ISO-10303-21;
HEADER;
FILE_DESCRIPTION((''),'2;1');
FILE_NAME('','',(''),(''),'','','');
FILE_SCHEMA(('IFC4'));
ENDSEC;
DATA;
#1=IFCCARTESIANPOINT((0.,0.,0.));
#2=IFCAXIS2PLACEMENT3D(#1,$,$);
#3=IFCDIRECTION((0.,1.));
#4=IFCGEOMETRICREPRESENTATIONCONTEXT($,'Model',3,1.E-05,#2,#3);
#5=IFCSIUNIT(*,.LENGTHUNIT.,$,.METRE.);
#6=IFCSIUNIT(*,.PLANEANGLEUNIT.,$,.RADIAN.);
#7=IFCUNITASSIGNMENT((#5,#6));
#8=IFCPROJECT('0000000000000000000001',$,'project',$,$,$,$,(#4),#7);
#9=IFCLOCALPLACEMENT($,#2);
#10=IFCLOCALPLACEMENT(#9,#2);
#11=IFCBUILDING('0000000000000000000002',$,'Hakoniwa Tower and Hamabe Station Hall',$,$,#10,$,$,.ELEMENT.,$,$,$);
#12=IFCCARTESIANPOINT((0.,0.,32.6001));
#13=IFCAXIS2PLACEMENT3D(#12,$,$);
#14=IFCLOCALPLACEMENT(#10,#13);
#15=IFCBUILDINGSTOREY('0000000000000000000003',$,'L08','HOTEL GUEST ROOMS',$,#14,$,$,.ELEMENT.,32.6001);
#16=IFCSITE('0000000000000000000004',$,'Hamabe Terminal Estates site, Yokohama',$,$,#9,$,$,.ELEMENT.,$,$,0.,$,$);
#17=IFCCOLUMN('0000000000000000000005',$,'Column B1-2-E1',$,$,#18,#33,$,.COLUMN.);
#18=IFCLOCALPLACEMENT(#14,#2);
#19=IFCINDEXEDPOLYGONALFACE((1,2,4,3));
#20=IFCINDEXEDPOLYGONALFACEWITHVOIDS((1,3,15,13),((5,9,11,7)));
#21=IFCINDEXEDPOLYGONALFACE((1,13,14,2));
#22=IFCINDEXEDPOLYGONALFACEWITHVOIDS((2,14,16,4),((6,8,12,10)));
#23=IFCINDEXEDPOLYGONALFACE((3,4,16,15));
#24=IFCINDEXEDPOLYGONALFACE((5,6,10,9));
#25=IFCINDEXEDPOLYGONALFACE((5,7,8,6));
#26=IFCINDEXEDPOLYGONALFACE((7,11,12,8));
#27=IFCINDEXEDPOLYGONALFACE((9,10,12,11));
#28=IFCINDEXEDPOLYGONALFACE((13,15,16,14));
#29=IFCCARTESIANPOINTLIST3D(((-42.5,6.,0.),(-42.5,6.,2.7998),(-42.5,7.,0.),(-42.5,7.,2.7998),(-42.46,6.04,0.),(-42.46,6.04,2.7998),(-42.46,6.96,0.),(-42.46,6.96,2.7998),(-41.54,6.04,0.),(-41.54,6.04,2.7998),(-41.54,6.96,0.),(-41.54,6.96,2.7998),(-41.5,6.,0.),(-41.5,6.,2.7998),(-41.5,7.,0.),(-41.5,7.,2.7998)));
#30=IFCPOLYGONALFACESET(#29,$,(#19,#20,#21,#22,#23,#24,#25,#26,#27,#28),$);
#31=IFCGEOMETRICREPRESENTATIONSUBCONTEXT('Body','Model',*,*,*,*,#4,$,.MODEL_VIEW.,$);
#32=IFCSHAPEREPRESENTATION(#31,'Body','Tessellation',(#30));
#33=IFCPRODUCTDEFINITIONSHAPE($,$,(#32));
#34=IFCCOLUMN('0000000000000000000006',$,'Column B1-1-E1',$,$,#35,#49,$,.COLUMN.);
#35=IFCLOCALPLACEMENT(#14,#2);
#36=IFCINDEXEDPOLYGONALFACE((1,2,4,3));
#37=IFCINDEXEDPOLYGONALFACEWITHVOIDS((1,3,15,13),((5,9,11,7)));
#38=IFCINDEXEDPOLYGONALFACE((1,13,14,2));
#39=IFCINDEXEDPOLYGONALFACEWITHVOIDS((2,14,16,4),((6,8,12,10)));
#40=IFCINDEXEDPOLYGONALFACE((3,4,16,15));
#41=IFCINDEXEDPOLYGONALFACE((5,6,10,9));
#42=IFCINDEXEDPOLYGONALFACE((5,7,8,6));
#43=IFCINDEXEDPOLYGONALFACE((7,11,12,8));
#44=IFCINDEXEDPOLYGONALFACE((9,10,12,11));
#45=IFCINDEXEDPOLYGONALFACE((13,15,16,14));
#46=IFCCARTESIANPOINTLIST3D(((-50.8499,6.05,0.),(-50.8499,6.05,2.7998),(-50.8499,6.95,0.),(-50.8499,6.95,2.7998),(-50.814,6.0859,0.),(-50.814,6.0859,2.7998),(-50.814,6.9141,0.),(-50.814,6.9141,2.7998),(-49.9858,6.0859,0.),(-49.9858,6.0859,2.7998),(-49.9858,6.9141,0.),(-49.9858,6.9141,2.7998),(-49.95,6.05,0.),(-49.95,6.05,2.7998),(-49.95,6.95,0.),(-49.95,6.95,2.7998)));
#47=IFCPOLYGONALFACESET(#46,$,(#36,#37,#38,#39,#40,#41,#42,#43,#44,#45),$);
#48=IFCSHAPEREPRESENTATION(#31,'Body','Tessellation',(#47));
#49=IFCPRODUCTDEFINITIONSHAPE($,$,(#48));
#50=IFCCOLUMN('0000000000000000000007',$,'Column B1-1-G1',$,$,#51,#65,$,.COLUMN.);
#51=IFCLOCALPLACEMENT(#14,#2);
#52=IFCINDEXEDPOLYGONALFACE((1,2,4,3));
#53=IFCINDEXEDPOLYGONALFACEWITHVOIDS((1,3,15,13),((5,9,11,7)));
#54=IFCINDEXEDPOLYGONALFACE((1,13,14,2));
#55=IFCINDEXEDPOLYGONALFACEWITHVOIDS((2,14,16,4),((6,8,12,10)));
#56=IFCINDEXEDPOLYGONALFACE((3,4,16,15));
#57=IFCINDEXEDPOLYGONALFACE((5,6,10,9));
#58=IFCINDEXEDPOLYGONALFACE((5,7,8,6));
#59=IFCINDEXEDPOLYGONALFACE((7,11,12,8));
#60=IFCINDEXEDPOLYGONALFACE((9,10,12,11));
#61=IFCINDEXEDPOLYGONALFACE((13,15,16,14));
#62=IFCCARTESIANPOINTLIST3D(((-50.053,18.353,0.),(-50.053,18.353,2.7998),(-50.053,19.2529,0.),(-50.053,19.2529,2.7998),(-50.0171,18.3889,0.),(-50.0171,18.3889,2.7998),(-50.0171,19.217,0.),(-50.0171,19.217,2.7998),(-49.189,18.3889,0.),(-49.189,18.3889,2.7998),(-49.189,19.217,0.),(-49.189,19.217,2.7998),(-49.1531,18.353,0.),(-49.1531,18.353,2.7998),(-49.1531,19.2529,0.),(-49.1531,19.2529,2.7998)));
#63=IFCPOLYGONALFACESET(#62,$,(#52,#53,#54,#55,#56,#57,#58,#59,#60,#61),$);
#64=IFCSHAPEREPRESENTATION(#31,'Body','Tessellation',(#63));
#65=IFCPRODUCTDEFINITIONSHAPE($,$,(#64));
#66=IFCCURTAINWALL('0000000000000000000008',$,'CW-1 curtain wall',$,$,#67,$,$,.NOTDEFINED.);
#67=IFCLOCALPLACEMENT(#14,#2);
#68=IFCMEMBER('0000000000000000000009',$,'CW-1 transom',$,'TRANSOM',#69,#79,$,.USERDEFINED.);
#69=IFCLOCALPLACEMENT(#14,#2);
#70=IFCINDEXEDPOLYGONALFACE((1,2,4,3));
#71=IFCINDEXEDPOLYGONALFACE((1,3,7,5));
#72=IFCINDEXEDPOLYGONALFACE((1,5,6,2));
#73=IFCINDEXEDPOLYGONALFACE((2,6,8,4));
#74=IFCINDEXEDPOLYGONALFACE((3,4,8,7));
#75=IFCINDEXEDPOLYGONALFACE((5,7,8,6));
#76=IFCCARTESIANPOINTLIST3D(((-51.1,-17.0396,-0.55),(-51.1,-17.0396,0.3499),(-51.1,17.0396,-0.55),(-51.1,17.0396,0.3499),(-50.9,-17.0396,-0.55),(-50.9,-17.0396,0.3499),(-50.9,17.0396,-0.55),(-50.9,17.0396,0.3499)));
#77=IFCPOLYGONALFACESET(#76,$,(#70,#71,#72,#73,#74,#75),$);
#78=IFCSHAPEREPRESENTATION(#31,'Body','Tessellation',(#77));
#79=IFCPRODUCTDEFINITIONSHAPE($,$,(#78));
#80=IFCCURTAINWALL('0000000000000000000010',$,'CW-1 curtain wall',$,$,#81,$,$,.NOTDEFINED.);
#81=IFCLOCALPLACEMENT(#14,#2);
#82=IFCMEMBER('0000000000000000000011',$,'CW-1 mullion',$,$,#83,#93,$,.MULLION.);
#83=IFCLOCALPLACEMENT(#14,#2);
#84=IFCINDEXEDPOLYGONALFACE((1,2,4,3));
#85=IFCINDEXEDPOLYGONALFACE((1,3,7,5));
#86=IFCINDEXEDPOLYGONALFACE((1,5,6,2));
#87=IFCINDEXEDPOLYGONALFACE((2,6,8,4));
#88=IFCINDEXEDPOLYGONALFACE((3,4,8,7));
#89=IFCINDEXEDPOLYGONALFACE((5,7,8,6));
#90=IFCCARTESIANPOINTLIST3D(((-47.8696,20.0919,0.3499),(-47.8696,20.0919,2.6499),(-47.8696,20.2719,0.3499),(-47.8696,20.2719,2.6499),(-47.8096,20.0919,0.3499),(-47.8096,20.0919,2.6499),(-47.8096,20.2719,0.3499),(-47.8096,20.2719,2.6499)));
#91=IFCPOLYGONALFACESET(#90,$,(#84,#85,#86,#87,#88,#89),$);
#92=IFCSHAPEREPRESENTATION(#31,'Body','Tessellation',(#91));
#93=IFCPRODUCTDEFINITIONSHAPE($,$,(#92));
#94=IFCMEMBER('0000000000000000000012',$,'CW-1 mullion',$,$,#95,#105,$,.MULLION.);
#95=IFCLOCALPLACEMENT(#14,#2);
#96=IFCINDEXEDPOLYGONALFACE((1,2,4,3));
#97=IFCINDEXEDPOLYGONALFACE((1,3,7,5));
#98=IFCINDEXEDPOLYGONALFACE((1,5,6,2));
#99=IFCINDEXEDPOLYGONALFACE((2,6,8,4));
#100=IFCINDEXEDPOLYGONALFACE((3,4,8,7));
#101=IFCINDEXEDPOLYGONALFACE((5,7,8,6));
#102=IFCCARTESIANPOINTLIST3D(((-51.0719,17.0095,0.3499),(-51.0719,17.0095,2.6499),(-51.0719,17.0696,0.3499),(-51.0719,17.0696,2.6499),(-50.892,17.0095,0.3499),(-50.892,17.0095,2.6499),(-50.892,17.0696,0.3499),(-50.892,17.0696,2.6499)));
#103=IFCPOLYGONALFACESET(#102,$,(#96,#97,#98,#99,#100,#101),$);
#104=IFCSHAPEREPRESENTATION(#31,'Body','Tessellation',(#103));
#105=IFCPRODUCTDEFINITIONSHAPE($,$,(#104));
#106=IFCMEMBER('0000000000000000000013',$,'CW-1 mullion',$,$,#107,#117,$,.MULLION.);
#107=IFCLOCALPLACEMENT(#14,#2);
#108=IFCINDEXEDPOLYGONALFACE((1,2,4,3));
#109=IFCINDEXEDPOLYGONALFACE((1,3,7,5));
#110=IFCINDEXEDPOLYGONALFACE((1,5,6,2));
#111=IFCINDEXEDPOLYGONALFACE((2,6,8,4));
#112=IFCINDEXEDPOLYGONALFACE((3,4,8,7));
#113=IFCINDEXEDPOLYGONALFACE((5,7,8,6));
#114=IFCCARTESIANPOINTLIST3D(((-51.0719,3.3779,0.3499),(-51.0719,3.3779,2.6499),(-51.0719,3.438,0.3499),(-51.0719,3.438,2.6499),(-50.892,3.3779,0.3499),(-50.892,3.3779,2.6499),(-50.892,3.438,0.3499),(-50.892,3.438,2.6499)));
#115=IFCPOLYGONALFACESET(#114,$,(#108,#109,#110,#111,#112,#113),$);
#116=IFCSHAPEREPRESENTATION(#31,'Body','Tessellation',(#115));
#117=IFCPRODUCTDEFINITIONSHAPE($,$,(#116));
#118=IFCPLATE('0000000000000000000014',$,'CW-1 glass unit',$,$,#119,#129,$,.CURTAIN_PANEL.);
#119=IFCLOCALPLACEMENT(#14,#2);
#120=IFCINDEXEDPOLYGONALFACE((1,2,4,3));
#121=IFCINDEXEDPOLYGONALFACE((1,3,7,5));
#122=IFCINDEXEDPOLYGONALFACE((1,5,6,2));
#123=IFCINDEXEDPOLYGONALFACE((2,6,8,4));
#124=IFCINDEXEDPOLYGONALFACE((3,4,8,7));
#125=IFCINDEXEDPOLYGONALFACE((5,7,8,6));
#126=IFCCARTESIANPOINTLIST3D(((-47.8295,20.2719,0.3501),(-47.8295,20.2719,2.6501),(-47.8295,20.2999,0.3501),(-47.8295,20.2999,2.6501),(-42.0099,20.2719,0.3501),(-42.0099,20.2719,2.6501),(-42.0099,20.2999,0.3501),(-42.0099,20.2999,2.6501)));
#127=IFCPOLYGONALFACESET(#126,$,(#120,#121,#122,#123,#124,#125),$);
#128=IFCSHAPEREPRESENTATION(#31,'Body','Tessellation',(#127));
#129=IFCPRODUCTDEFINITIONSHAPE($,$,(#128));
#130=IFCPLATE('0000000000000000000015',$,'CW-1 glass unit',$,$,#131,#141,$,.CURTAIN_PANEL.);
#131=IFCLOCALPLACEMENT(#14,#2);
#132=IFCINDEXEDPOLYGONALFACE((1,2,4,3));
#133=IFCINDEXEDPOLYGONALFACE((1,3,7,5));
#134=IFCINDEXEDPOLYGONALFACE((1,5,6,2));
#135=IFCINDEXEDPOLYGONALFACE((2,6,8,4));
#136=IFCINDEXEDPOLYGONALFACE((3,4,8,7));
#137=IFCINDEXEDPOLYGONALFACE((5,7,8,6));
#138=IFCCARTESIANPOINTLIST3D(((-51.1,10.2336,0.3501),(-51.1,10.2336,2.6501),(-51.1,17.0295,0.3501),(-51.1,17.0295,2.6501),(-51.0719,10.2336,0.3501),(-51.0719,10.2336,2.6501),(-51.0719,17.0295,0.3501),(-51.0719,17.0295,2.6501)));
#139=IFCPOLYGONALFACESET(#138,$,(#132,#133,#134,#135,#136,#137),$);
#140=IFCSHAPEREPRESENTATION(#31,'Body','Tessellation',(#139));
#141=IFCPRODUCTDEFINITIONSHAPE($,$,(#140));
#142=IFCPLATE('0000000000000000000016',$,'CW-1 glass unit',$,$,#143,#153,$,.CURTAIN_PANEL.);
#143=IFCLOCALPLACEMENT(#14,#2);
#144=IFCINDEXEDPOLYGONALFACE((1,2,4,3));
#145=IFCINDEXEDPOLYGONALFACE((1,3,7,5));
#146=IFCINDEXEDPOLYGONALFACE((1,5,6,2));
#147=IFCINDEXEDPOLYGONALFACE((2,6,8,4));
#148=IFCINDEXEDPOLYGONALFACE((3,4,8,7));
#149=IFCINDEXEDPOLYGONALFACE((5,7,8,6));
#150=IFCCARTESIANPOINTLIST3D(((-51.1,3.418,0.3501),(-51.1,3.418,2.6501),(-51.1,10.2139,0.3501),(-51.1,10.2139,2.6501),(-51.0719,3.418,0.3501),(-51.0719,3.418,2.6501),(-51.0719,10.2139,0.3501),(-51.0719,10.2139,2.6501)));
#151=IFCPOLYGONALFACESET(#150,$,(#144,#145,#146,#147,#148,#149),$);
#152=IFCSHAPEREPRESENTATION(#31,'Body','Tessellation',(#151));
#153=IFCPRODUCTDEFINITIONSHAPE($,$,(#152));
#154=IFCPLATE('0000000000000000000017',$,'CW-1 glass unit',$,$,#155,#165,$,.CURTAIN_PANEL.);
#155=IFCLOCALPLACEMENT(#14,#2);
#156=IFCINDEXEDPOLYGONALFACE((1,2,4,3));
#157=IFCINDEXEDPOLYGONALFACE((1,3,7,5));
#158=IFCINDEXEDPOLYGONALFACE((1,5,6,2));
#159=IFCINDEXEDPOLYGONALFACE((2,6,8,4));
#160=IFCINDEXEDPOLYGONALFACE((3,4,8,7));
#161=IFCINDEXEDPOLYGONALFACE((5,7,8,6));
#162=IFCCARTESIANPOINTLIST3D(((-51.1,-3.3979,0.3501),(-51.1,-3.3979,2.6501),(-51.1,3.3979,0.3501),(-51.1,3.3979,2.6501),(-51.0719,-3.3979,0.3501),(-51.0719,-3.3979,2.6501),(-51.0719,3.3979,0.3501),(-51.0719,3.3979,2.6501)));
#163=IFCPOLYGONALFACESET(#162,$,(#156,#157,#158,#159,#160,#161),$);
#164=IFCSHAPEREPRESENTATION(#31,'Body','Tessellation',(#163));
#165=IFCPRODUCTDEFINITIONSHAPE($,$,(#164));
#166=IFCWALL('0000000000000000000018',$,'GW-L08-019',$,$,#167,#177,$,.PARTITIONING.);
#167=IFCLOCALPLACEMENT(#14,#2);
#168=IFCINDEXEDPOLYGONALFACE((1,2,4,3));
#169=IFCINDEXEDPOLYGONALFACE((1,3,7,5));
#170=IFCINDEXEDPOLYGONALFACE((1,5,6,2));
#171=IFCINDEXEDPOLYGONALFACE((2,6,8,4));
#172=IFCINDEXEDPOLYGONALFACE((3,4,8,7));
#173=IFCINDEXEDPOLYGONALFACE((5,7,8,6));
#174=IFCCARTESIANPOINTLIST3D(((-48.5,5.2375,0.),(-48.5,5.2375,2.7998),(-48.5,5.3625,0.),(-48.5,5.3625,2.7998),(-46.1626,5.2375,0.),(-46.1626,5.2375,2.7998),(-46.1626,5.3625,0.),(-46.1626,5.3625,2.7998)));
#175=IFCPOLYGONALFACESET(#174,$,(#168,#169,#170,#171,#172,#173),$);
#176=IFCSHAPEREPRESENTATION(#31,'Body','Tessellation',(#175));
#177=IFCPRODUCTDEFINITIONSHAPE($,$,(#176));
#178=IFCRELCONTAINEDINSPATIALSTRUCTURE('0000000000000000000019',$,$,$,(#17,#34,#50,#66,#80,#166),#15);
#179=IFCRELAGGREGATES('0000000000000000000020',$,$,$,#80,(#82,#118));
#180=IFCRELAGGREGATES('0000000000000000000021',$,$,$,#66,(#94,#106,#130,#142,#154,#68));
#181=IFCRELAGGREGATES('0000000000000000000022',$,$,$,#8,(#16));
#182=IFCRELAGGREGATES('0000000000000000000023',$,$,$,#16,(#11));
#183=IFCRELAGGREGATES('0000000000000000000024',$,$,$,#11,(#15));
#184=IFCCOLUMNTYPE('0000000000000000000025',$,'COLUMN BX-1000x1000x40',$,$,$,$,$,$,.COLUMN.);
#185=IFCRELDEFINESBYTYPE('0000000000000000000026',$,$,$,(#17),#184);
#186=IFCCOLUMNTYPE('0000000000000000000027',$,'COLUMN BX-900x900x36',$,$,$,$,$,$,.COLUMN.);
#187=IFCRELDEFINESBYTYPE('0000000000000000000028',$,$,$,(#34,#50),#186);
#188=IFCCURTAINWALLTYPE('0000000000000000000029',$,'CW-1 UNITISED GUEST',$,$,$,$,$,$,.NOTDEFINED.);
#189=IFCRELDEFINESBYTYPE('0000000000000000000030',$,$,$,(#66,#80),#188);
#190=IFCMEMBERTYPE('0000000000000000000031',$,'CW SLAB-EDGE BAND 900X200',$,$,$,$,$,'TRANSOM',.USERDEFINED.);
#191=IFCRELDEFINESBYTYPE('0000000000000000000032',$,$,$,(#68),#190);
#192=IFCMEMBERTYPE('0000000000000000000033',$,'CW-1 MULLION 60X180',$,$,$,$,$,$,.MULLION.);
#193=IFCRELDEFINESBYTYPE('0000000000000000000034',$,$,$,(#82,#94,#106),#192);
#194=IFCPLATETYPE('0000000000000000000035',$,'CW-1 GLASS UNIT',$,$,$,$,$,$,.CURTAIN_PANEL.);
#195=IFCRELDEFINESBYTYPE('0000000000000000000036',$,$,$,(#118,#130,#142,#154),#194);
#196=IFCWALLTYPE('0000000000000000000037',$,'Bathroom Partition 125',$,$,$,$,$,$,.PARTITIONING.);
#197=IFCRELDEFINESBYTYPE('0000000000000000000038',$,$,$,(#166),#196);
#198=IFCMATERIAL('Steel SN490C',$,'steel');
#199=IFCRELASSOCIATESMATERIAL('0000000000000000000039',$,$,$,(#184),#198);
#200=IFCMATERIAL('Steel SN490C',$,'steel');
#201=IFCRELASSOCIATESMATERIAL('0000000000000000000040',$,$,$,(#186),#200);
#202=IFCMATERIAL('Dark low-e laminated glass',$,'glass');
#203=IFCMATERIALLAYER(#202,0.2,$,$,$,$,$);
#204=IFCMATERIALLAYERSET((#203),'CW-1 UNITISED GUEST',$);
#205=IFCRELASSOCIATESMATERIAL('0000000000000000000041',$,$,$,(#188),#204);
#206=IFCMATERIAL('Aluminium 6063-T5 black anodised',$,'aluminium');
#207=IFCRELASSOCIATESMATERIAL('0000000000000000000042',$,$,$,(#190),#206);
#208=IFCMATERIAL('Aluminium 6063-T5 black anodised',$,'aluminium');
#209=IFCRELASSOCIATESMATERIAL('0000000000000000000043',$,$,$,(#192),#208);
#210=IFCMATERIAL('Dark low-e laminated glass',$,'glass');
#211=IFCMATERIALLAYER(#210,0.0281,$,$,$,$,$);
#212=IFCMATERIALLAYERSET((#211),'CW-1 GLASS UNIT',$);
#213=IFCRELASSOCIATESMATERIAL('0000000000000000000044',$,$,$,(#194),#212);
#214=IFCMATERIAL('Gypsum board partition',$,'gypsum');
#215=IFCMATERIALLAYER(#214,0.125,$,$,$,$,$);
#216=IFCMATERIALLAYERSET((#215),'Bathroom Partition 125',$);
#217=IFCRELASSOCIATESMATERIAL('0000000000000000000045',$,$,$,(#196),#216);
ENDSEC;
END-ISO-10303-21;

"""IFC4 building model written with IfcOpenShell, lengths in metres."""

from ifc_helpers import new_model, si_unit, direction, frame, frame_2d, origin, origin_2d, place, context, subcontext, project, spatial, rectangle, hollow_rectangle, extrude, material, layer, layer_set, material_profile, profile_set, type_object, element, aggregate, save


model = new_model("IFC4")

# Units and contexts
model_context = context("Model", 3, precision=1e-05, world=origin(), true_north=direction((0.0, 1.0)))
body_context = subcontext(model_context, "Body", "Model", "MODEL_VIEW")
ifc_project = project(units=[si_unit("LENGTHUNIT", "METRE"), si_unit("PLANEANGLEUNIT", "RADIAN")], contexts=[model_context])

# Site, building, storey
site_placement = place(None, origin())
site = spatial("IfcSite", under=ifc_project, at=site_placement, Name="Hamabe Terminal Estates site, Yokohama", CompositionType="ELEMENT", RefElevation=0.0)
building_placement = place(site_placement, origin())
building = spatial("IfcBuilding", under=site, at=building_placement, Name="Hakoniwa Tower and Hamabe Station Hall", CompositionType="ELEMENT")
storey_placement = place(building_placement, frame((0.0, 0.0, 32.6001)))
storey = spatial("IfcBuildingStorey", under=building, at=storey_placement, Name="L08", Description="HOTEL GUEST ROOMS", CompositionType="ELEMENT", Elevation=32.6001)

# Columns
ifc_material_1 = material(Name="Steel SN490C", Category="steel")
ifc_material_profile_1 = material_profile(ifc_material_1, hollow_rectangle(XDim=1.0, YDim=1.0, WallThickness=0.04, at=origin_2d()), Name="BX-1000x1000x40")
ifc_profile_set_1 = profile_set([ifc_material_profile_1], Name="Steel SN490C")
column_type_1 = type_object("IfcColumnType", Name="COLUMN BX-1000x1000x40", PredefinedType="COLUMN", material=ifc_profile_set_1)
column_placement = place(storey_placement, frame((-42.0, 6.5, 0.0), z_axis=(0.0, 0.0, 1.0), x_axis=(1.0, 0.0, 0.0)))
element("IfcColumn", 1, at=column_placement, inside=storey, type_object=column_type_1, Name="Column B1-2-E1", PredefinedType="COLUMN", context=body_context, shape_type="SweptSolid", body=[
    extrude(hollow_rectangle(XDim=1.0, YDim=1.0, WallThickness=0.04, at=origin_2d()), origin(), (0.0, 0.0, 1.0), 2.7998),
])
ifc_material_2 = material(Name="Steel SN490C", Category="steel")
ifc_material_profile_2 = material_profile(ifc_material_2, hollow_rectangle(XDim=0.8999, YDim=0.8999, WallThickness=0.0359, at=origin_2d()), Name="BX-900x900x36")
ifc_profile_set_2 = profile_set([ifc_material_profile_2], Name="Steel SN490C")
column_type_2 = type_object("IfcColumnType", Name="COLUMN BX-900x900x36", PredefinedType="COLUMN", material=ifc_profile_set_2)
for number, where, z_axis, x_axis, name in (
    (2, (-50.3999, 6.5, 0.0), (0.0, 0.0, 1.0), (1.0, 0.0, 0.0), "Column B1-1-E1"),
    (3, (-49.603, 18.803, 0.0), (0.0, 0.0, 1.0), (1.0, 0.0, 0.0), "Column B1-1-G1"),
):
    element("IfcColumn", number, at=place(storey_placement, frame(where, z_axis=z_axis, x_axis=x_axis)), inside=storey, type_object=column_type_2, Name=name, PredefinedType="COLUMN", context=body_context, shape_type="SweptSolid", body=[
        extrude(hollow_rectangle(XDim=0.8999, YDim=0.8999, WallThickness=0.0359, at=origin_2d()), origin(), (0.0, 0.0, 1.0), 2.7998),
    ])

# Curtain walls, members
ifc_material_3 = material(Name="Dark low-e laminated glass", Category="glass")
ifc_layer_1 = layer(ifc_material_3, 0.2)
ifc_layer_set_1 = layer_set([ifc_layer_1], Name="CW-1 UNITISED GUEST")
curtain_wall_type = type_object("IfcCurtainWallType", Name="CW-1 UNITISED GUEST", PredefinedType="NOTDEFINED", material=ifc_layer_set_1)
curtain_wall_1_placement = place(storey_placement, origin())
curtain_wall_1 = element("IfcCurtainWall", 4, at=curtain_wall_1_placement, inside=storey, type_object=curtain_wall_type, Name="CW-1 curtain wall", PredefinedType="NOTDEFINED")
ifc_material_4 = material(Name="Aluminium 6063-T5 black anodised", Category="aluminium")
ifc_material_profile_3 = material_profile(ifc_material_4, rectangle(XDim=0.2, YDim=0.8999, at=origin_2d()), Name="CW SLAB-EDGE BAND 900X200")
ifc_profile_set_3 = profile_set([ifc_material_profile_3], Name="Aluminium 6063-T5 black anodised")
member_type_1 = type_object("IfcMemberType", Name="CW SLAB-EDGE BAND 900X200", ElementType="TRANSOM", PredefinedType="USERDEFINED", material=ifc_profile_set_3)
member_1_placement = place(storey_placement, frame((-51.0, 17.0396, -0.1001), z_axis=(0.0, -1.0, 0.0), x_axis=(1.0, 0.0, 0.0)))
member_1 = element("IfcMember", 5, at=member_1_placement, type_object=member_type_1, Name="CW-1 transom", ObjectType="TRANSOM", PredefinedType="USERDEFINED", context=body_context, shape_type="SweptSolid", body=[
    extrude(rectangle(XDim=0.2, YDim=0.8999, at=origin_2d()), origin(), (0.0, 0.0, 1.0), 34.0791),
])
curtain_wall_2_placement = place(storey_placement, origin())
curtain_wall_2 = element("IfcCurtainWall", 6, at=curtain_wall_2_placement, inside=storey, type_object=curtain_wall_type, Name="CW-1 curtain wall", PredefinedType="NOTDEFINED")
ifc_material_5 = material(Name="Aluminium 6063-T5 black anodised", Category="aluminium")
ifc_material_profile_4 = material_profile(ifc_material_5, rectangle(XDim=0.0601, YDim=0.1799, at=origin_2d()), Name="CW-1 MULLION 60X180")
ifc_profile_set_4 = profile_set([ifc_material_profile_4], Name="Aluminium 6063-T5 black anodised")
member_type_2 = type_object("IfcMemberType", Name="CW-1 MULLION 60X180", PredefinedType="MULLION", material=ifc_profile_set_4)
member_2_placement = place(storey_placement, frame((-47.8396, 20.1819, 0.3499), z_axis=(0.0, 0.0, 1.0), x_axis=(-1.0, 0.0, 0.0)))
member_2 = element("IfcMember", 7, at=member_2_placement, type_object=member_type_2, Name="CW-1 mullion", PredefinedType="MULLION", context=body_context, shape_type="SweptSolid", body=[
    extrude(rectangle(XDim=0.0601, YDim=0.1799, at=origin_2d()), origin(), (0.0, 0.0, 1.0), 2.3),
])

# Members
member_3_placement = place(storey_placement, frame((-50.9819, 17.0396, 0.3499), z_axis=(0.0, 0.0, 1.0), x_axis=(0.0, -1.0, 0.0)))
member_3 = element("IfcMember", 8, at=member_3_placement, type_object=member_type_2, Name="CW-1 mullion", PredefinedType="MULLION", context=body_context, shape_type="SweptSolid", body=[
    extrude(rectangle(XDim=0.0601, YDim=0.1799, at=origin_2d()), origin(), (0.0, 0.0, 1.0), 2.3),
])
member_4_placement = place(storey_placement, frame((-50.9819, 3.408, 0.3499), z_axis=(0.0, 0.0, 1.0), x_axis=(0.0, -1.0, 0.0)))
member_4 = element("IfcMember", 9, at=member_4_placement, type_object=member_type_2, Name="CW-1 mullion", PredefinedType="MULLION", context=body_context, shape_type="SweptSolid", body=[
    extrude(rectangle(XDim=0.0601, YDim=0.1799, at=origin_2d()), origin(), (0.0, 0.0, 1.0), 2.3),
])

# Plates
ifc_material_6 = material(Name="Dark low-e laminated glass", Category="glass")
ifc_layer_2 = layer(ifc_material_6, 0.0281)
ifc_layer_set_2 = layer_set([ifc_layer_2], Name="CW-1 GLASS UNIT")
plate_type = type_object("IfcPlateType", Name="CW-1 GLASS UNIT", PredefinedType="CURTAIN_PANEL", material=ifc_layer_set_2)
plate_1_placement = place(storey_placement, frame((-44.9197, 20.2859, 0.3501), z_axis=(0.0, 0.0, 1.0), x_axis=(-1.0, 0.0, 0.0)))
plate_1 = element("IfcPlate", 10, at=plate_1_placement, type_object=plate_type, Name="CW-1 glass unit", PredefinedType="CURTAIN_PANEL", context=body_context, shape_type="SweptSolid", body=[
    extrude(rectangle(XDim=5.8196, YDim=0.0281, at=origin_2d()), origin(), (0.0, 0.0, 1.0), 2.3),
])
aggregate(curtain_wall_2, [member_2, plate_1])
plate_2_placement = place(storey_placement, frame((-51.0859, 13.6316, 0.3501), z_axis=(0.0, 0.0, 1.0), x_axis=(0.0, -1.0, 0.0)))
plate_2 = element("IfcPlate", 11, at=plate_2_placement, type_object=plate_type, Name="CW-1 glass unit", PredefinedType="CURTAIN_PANEL", context=body_context, shape_type="SweptSolid", body=[
    extrude(rectangle(XDim=6.7959, YDim=0.0281, at=origin_2d()), origin(), (0.0, 0.0, 1.0), 2.3),
])
plate_3_placement = place(storey_placement, frame((-51.0859, 6.8159, 0.3501), z_axis=(0.0, 0.0, 1.0), x_axis=(0.0, -1.0, 0.0)))
plate_3 = element("IfcPlate", 12, at=plate_3_placement, type_object=plate_type, Name="CW-1 glass unit", PredefinedType="CURTAIN_PANEL", context=body_context, shape_type="SweptSolid", body=[
    extrude(rectangle(XDim=6.7959, YDim=0.0281, at=origin_2d()), origin(), (0.0, 0.0, 1.0), 2.3),
])
plate_4_placement = place(storey_placement, frame((-51.0859, 0.0, 0.3501), z_axis=(0.0, 0.0, 1.0), x_axis=(0.0, -1.0, 0.0)))
plate_4 = element("IfcPlate", 13, at=plate_4_placement, type_object=plate_type, Name="CW-1 glass unit", PredefinedType="CURTAIN_PANEL", context=body_context, shape_type="SweptSolid", body=[
    extrude(rectangle(XDim=6.7959, YDim=0.0281, at=origin_2d()), origin(), (0.0, 0.0, 1.0), 2.3),
])
aggregate(curtain_wall_1, [member_3, member_4, plate_2, plate_3, plate_4, member_1])

# Wall
ifc_material_7 = material(Name="Gypsum board partition", Category="gypsum")
ifc_layer_3 = layer(ifc_material_7, 0.125)
ifc_layer_set_3 = layer_set([ifc_layer_3], Name="Bathroom Partition 125")
wall_type_1 = type_object("IfcWallType", Name="Bathroom Partition 125", PredefinedType="PARTITIONING", material=ifc_layer_set_3)
wall_1_placement = place(storey_placement, frame((-48.5, 5.3, 0.0), z_axis=(0.0, 0.0, 1.0), x_axis=(1.0, 0.0, 0.0)))
element("IfcWall", 14, at=wall_1_placement, inside=storey, type_object=wall_type_1, Name="GW-L08-019", PredefinedType="PARTITIONING", context=body_context, shape_type="SweptSolid", body=[
    extrude(rectangle(XDim=2.3374, YDim=0.125, at=frame_2d((1.1687, 0.0))), origin(), (0.0, 0.0, 1.0), 2.7998),
])

save(model, "model.ifc")
